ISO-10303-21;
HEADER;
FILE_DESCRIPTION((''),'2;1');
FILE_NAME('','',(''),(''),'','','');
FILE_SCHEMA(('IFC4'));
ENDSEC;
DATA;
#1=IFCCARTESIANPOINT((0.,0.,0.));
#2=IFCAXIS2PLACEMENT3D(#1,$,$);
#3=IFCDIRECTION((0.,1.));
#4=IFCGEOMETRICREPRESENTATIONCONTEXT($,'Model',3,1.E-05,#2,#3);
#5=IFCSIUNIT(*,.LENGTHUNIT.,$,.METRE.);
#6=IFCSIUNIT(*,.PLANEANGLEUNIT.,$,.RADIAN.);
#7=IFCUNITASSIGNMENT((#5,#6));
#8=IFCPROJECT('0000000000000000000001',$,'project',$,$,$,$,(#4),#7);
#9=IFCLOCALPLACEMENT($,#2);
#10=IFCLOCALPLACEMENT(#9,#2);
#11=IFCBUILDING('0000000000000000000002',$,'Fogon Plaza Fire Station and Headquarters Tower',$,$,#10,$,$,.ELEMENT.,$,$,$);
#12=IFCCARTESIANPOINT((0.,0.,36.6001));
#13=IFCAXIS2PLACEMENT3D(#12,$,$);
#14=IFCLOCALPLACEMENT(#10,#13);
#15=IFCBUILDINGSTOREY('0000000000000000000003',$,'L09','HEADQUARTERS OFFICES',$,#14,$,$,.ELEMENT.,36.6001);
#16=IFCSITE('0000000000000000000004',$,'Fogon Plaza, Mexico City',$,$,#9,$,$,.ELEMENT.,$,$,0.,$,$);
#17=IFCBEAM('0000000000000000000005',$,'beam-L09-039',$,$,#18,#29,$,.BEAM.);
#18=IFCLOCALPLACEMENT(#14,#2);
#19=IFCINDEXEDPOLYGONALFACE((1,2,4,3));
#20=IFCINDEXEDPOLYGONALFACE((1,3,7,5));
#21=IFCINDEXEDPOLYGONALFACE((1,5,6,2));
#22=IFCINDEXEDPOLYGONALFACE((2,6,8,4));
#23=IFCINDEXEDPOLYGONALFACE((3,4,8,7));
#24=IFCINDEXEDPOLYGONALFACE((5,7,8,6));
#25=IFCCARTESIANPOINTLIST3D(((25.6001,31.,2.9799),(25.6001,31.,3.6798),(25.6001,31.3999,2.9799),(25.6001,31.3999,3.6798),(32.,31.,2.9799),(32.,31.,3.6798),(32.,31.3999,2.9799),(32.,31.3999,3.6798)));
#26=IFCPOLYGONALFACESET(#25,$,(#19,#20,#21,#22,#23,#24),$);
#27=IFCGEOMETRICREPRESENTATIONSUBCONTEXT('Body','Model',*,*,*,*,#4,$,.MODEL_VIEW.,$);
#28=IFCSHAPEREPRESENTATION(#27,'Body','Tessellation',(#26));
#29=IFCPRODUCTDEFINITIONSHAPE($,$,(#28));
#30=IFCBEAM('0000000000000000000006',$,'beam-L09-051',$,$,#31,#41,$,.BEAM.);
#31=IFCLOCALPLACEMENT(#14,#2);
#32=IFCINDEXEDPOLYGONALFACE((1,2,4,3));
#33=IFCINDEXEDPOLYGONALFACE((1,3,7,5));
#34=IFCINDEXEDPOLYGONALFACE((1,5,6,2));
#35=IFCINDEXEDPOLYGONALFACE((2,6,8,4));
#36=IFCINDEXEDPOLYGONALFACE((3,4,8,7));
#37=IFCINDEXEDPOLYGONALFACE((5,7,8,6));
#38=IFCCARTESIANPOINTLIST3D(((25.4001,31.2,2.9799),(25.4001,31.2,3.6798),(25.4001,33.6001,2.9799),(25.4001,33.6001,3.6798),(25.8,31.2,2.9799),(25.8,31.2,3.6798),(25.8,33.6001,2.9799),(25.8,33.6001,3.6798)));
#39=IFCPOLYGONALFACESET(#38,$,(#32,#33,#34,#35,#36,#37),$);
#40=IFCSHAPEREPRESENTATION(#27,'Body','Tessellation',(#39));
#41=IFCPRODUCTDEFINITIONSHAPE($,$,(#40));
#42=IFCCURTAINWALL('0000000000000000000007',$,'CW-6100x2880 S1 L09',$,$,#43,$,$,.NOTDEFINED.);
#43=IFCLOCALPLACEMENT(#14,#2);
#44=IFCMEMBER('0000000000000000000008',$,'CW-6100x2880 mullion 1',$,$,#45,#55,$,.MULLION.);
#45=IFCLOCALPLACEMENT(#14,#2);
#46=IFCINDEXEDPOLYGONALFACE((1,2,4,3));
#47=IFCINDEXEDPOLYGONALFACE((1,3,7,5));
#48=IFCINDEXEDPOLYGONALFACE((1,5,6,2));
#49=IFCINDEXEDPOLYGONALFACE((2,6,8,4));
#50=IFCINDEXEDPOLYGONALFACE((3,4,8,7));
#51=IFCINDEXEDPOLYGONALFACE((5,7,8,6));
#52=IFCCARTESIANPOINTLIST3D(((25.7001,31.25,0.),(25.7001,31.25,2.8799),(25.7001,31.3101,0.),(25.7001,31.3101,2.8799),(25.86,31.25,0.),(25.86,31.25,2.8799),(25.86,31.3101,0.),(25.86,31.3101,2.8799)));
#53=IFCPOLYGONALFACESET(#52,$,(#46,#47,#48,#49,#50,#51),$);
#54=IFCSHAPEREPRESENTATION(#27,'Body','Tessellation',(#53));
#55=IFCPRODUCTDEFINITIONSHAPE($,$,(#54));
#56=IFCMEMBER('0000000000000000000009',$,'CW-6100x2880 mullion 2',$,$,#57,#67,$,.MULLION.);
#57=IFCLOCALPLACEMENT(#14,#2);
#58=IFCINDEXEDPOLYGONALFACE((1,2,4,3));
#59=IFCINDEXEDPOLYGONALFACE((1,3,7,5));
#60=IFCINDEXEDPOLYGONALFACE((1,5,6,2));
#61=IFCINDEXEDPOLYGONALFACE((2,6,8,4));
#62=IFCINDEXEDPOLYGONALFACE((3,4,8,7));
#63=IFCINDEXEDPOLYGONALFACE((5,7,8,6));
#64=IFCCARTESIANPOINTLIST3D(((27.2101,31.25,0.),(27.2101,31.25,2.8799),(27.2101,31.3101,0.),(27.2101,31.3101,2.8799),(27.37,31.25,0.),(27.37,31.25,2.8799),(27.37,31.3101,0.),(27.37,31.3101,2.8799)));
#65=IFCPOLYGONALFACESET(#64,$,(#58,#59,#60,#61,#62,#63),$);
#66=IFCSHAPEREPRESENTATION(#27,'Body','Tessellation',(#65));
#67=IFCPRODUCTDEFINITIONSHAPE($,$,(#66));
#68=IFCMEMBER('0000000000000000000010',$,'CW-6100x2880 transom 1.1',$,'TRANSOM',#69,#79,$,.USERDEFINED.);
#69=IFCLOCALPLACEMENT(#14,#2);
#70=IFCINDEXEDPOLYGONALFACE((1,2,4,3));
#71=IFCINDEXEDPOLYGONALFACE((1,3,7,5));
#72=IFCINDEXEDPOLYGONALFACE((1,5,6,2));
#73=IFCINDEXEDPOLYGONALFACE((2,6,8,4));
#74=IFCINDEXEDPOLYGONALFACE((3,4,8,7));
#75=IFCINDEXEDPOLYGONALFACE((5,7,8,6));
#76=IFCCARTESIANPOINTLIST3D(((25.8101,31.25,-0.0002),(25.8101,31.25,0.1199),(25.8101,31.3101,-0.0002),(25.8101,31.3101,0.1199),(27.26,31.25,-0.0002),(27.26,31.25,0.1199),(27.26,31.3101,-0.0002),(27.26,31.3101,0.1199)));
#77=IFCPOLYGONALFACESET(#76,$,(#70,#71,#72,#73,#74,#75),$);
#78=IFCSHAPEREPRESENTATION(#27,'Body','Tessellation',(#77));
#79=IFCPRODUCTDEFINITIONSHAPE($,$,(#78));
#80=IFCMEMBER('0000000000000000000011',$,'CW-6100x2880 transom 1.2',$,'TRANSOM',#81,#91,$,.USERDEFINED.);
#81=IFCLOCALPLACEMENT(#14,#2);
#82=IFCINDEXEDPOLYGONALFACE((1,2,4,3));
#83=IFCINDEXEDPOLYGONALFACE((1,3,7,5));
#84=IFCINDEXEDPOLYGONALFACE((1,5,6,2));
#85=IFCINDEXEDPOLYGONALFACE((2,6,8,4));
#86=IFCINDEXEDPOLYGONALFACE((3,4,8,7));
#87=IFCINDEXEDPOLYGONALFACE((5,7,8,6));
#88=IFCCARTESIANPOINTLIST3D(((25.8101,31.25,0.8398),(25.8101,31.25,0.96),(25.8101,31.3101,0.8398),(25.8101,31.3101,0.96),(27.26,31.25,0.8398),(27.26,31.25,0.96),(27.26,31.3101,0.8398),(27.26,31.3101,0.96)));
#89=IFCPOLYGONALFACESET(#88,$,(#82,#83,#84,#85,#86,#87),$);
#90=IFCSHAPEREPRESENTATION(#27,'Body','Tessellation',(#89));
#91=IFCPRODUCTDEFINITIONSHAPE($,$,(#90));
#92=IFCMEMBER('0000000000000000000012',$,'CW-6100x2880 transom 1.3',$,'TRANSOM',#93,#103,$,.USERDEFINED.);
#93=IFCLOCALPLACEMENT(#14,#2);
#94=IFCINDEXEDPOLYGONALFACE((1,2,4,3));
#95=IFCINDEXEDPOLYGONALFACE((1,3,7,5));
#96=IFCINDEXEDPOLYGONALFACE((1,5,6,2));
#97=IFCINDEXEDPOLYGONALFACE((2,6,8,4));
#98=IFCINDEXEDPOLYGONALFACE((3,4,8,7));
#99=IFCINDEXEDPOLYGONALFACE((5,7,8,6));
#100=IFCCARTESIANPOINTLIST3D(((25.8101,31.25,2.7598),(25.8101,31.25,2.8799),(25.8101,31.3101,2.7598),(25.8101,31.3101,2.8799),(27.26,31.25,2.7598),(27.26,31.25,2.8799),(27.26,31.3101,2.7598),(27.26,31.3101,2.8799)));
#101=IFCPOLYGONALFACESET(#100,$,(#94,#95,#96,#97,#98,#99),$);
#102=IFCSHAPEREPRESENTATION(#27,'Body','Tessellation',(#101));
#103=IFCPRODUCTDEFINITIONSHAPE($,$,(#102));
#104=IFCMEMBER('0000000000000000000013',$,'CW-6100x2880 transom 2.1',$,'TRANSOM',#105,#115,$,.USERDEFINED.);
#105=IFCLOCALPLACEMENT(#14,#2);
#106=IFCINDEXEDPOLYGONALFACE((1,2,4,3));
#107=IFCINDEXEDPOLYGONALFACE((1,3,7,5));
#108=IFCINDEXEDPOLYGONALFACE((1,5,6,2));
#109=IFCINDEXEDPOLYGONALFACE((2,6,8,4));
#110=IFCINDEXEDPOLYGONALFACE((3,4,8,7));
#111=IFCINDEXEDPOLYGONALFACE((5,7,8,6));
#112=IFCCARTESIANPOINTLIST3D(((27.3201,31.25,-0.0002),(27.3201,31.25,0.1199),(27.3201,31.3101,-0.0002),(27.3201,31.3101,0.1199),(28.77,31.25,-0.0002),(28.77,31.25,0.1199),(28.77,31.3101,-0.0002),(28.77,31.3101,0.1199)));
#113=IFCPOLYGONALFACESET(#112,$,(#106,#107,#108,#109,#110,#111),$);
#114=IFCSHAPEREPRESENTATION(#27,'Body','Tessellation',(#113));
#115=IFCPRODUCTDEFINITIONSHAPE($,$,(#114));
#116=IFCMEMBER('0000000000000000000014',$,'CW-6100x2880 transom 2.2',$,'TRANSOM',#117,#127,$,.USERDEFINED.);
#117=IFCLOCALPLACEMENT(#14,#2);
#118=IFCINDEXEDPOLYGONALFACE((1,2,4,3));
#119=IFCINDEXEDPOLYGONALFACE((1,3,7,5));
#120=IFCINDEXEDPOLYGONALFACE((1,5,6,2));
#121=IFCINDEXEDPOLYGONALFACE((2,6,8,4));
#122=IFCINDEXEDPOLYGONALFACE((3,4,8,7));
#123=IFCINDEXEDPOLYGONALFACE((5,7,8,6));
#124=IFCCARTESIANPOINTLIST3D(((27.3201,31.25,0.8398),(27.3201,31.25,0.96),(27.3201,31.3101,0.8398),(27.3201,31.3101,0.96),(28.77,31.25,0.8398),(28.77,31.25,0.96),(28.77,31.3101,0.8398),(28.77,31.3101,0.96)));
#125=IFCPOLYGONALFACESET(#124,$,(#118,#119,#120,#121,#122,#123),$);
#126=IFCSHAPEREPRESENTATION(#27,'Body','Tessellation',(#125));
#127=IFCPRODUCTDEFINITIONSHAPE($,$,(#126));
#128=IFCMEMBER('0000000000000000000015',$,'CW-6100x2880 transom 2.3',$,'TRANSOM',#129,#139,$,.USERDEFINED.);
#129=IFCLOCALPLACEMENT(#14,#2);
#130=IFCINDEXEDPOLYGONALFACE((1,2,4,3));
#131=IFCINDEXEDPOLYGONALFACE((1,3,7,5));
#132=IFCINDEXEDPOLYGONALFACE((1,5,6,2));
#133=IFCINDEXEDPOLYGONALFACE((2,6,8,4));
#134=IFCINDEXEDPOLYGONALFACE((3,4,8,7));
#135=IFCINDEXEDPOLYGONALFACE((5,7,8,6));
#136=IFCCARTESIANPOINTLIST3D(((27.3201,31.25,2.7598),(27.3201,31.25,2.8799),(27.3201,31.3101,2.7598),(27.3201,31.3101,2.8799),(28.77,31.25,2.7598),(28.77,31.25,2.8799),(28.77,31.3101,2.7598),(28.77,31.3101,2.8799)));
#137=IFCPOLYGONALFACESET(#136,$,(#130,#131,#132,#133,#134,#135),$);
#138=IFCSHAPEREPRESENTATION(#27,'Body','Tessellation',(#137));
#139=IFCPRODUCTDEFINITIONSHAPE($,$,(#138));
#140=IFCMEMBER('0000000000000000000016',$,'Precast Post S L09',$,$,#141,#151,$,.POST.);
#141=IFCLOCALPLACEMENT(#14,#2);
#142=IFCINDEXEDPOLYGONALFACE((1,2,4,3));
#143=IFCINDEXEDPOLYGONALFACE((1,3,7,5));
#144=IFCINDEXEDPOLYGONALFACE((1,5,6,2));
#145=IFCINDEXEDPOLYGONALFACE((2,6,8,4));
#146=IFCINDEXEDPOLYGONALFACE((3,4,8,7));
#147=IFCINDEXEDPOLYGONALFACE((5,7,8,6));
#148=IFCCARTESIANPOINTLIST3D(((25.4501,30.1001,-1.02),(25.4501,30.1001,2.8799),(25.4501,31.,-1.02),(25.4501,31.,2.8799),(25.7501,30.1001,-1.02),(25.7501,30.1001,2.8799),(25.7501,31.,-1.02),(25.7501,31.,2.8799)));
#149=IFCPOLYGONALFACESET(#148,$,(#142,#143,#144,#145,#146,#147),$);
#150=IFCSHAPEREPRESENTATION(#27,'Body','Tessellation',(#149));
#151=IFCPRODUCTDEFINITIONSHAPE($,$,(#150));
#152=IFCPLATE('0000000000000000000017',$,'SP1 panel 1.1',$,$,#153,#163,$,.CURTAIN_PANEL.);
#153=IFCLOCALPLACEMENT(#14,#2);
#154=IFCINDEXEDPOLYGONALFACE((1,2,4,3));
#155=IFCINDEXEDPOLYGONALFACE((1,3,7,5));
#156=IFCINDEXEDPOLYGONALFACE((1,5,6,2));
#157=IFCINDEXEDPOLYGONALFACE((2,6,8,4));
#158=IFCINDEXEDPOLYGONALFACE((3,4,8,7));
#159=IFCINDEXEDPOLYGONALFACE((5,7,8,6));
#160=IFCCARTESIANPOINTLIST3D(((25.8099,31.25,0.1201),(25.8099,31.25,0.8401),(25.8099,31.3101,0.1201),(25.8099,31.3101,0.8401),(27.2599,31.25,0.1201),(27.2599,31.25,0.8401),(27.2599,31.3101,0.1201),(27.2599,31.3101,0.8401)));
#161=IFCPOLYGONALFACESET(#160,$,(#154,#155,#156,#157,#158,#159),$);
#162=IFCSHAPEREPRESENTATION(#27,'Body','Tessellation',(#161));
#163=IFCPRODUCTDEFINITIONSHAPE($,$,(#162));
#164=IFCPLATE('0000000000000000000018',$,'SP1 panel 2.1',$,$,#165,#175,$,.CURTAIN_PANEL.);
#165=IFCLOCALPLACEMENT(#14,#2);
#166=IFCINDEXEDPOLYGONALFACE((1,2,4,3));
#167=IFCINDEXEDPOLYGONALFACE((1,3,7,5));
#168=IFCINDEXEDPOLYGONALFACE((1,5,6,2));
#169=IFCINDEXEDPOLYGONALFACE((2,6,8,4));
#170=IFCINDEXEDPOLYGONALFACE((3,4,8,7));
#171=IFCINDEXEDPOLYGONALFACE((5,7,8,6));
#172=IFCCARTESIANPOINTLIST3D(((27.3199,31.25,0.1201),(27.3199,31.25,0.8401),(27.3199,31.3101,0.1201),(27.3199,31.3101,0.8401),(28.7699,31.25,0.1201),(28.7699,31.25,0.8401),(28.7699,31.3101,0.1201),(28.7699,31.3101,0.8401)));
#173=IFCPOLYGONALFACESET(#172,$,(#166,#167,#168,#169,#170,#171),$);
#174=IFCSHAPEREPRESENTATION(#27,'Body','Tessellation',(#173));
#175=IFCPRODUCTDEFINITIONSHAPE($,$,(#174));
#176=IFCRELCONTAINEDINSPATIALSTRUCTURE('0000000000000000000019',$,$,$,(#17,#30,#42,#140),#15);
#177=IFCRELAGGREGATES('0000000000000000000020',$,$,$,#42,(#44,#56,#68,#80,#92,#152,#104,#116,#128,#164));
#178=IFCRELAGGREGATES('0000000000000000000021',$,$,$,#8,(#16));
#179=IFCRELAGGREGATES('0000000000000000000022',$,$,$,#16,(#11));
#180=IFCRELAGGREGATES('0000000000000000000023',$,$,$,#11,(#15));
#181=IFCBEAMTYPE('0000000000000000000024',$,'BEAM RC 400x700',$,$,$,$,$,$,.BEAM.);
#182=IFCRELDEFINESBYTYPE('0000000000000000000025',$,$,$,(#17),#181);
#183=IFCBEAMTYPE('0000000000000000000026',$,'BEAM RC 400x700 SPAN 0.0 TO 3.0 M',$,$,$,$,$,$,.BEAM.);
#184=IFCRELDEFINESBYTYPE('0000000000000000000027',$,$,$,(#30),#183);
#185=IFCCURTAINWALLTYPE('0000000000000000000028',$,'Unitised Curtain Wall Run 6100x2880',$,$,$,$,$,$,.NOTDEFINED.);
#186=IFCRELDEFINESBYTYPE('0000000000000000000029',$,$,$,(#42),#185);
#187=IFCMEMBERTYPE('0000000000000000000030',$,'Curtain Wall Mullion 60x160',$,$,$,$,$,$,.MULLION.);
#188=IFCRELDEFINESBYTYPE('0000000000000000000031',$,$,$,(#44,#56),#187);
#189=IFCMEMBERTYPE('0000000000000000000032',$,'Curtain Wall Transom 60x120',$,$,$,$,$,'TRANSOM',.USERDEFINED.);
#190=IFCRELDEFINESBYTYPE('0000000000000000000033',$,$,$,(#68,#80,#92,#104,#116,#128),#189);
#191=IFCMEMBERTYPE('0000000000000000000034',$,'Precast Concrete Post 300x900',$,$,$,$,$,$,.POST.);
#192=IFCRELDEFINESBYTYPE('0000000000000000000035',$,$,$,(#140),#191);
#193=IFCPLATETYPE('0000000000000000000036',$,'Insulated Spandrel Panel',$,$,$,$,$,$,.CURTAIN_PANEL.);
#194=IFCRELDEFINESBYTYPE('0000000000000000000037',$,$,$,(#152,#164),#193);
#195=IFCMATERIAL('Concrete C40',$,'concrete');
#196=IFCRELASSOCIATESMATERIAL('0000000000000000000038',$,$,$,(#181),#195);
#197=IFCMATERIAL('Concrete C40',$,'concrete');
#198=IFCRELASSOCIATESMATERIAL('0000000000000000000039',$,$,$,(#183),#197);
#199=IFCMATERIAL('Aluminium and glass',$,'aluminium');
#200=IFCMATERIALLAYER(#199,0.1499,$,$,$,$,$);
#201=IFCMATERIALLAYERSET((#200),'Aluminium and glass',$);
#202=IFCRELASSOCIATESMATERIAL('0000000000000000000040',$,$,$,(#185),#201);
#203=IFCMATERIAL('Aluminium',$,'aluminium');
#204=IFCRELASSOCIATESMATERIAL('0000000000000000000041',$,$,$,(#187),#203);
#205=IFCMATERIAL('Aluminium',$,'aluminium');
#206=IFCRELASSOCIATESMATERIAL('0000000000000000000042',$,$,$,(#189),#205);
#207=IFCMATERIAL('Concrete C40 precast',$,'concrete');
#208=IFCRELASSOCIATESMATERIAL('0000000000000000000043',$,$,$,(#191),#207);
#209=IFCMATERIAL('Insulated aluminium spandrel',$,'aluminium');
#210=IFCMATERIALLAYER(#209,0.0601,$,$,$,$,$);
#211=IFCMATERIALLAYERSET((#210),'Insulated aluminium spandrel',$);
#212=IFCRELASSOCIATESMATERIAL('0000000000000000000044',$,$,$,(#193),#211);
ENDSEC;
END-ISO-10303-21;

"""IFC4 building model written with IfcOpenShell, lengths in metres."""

from ifc_helpers import new_model, si_unit, direction, frame, origin, origin_2d, place, context, subcontext, project, spatial, rectangle, extrude, material, layer, layer_set, material_profile, profile_set, type_object, element, aggregate, save


model = new_model("IFC4")

# Units and contexts
model_context = context("Model", 3, precision=1e-05, world=origin(), true_north=direction((0.0, 1.0)))
body_context = subcontext(model_context, "Body", "Model", "MODEL_VIEW")
ifc_project = project(units=[si_unit("LENGTHUNIT", "METRE"), si_unit("PLANEANGLEUNIT", "RADIAN")], contexts=[model_context])

# Site, building, storey
site_placement = place(None, origin())
site = spatial("IfcSite", under=ifc_project, at=site_placement, Name="Fogon Plaza, Mexico City", CompositionType="ELEMENT", RefElevation=0.0)
building_placement = place(site_placement, origin())
building = spatial("IfcBuilding", under=site, at=building_placement, Name="Fogon Plaza Fire Station and Headquarters Tower", CompositionType="ELEMENT")
storey_placement = place(building_placement, frame((0.0, 0.0, 36.6001)))
storey = spatial("IfcBuildingStorey", under=building, at=storey_placement, Name="L09", Description="HEADQUARTERS OFFICES", CompositionType="ELEMENT", Elevation=36.6001)

# Beams
ifc_material_1 = material(Name="Concrete C40", Category="concrete")
ifc_material_profile_1 = material_profile(ifc_material_1, rectangle(XDim=0.3999, YDim=0.7, at=origin_2d()), Name="RC 400x700")
ifc_profile_set_1 = profile_set([ifc_material_profile_1], Name="Concrete C40")
beam_type_1 = type_object("IfcBeamType", Name="BEAM RC 400x700", PredefinedType="BEAM", material=ifc_profile_set_1)
beam_1_placement = place(storey_placement, frame((25.6001, 31.2, 3.3298), z_axis=(1.0, 0.0, 0.0), x_axis=(0.0, 1.0, 0.0)))
element("IfcBeam", 1, at=beam_1_placement, inside=storey, type_object=beam_type_1, Name="beam-L09-039", PredefinedType="BEAM", context=body_context, shape_type="SweptSolid", body=[
    extrude(rectangle(XDim=0.3999, YDim=0.7, at=origin_2d()), origin(), (0.0, 0.0, 1.0), 6.3999),
])
ifc_material_2 = material(Name="Concrete C40", Category="concrete")
ifc_material_profile_2 = material_profile(ifc_material_2, rectangle(XDim=0.3999, YDim=0.7, at=origin_2d()), Name="RC 400x700")
ifc_profile_set_2 = profile_set([ifc_material_profile_2], Name="Concrete C40")
beam_type_2 = type_object("IfcBeamType", Name="BEAM RC 400x700 SPAN 0.0 TO 3.0 M", PredefinedType="BEAM", material=ifc_profile_set_2)
beam_2_placement = place(storey_placement, frame((25.6001, 31.2, 3.3298), z_axis=(0.0, 1.0, 0.0), x_axis=(-1.0, 0.0, 0.0)))
element("IfcBeam", 2, at=beam_2_placement, inside=storey, type_object=beam_type_2, Name="beam-L09-051", PredefinedType="BEAM", context=body_context, shape_type="SweptSolid", body=[
    extrude(rectangle(XDim=0.3999, YDim=0.7, at=origin_2d()), origin(), (0.0, 0.0, 1.0), 2.4001),
])

# Curtain wall, members
ifc_material_3 = material(Name="Aluminium and glass", Category="aluminium")
ifc_layer_1 = layer(ifc_material_3, 0.1499)
ifc_layer_set_1 = layer_set([ifc_layer_1], Name="Aluminium and glass")
curtain_wall_type = type_object("IfcCurtainWallType", Name="Unitised Curtain Wall Run 6100x2880", PredefinedType="NOTDEFINED", material=ifc_layer_set_1)
curtain_wall_placement = place(storey_placement, origin())
curtain_wall = element("IfcCurtainWall", 3, at=curtain_wall_placement, inside=storey, type_object=curtain_wall_type, Name="CW-6100x2880 S1 L09", PredefinedType="NOTDEFINED")
ifc_material_4 = material(Name="Aluminium", Category="aluminium")
ifc_material_profile_3 = material_profile(ifc_material_4, rectangle(XDim=0.0601, YDim=0.1599, at=origin_2d()), Name="Curtain Wall Mullion 60x160")
ifc_profile_set_3 = profile_set([ifc_material_profile_3], Name="Aluminium")
member_type_1 = type_object("IfcMemberType", Name="Curtain Wall Mullion 60x160", PredefinedType="MULLION", material=ifc_profile_set_3)
member_1_placement = place(storey_placement, frame((25.78, 31.28, 0.0), z_axis=(0.0, 0.0, 1.0), x_axis=(0.0, 1.0, 0.0)))
member_1 = element("IfcMember", 4, at=member_1_placement, type_object=member_type_1, Name="CW-6100x2880 mullion 1", PredefinedType="MULLION", context=body_context, shape_type="SweptSolid", body=[
    extrude(rectangle(XDim=0.0601, YDim=0.1599, at=origin_2d()), origin(), (0.0, 0.0, 1.0), 2.8799),
])
member_2_placement = place(storey_placement, frame((27.29, 31.28, 0.0), z_axis=(0.0, 0.0, 1.0), x_axis=(0.0, 1.0, 0.0)))
member_2 = element("IfcMember", 5, at=member_2_placement, type_object=member_type_1, Name="CW-6100x2880 mullion 2", PredefinedType="MULLION", context=body_context, shape_type="SweptSolid", body=[
    extrude(rectangle(XDim=0.0601, YDim=0.1599, at=origin_2d()), origin(), (0.0, 0.0, 1.0), 2.8799),
])
ifc_material_5 = material(Name="Aluminium", Category="aluminium")
ifc_material_profile_4 = material_profile(ifc_material_5, rectangle(XDim=0.0601, YDim=0.1201, at=origin_2d()), Name="Curtain Wall Transom 60x120")
ifc_profile_set_4 = profile_set([ifc_material_profile_4], Name="Aluminium")
member_type_2 = type_object("IfcMemberType", Name="Curtain Wall Transom 60x120", ElementType="TRANSOM", PredefinedType="USERDEFINED", material=ifc_profile_set_4)
member_3_placement = place(storey_placement, frame((25.8101, 31.28, 0.0598), z_axis=(1.0, 0.0, 0.0), x_axis=(0.0, 1.0, 0.0)))
member_3 = element("IfcMember", 6, at=member_3_placement, type_object=member_type_2, Name="CW-6100x2880 transom 1.1", ObjectType="TRANSOM", PredefinedType="USERDEFINED", context=body_context, shape_type="SweptSolid", body=[
    extrude(rectangle(XDim=0.0601, YDim=0.1201, at=origin_2d()), origin(), (0.0, 0.0, 1.0), 1.45),
])
member_4_placement = place(storey_placement, frame((25.8101, 31.28, 0.8999), z_axis=(1.0, 0.0, 0.0), x_axis=(0.0, 1.0, 0.0)))
member_4 = element("IfcMember", 7, at=member_4_placement, type_object=member_type_2, Name="CW-6100x2880 transom 1.2", ObjectType="TRANSOM", PredefinedType="USERDEFINED", context=body_context, shape_type="SweptSolid", body=[
    extrude(rectangle(XDim=0.0601, YDim=0.1201, at=origin_2d()), origin(), (0.0, 0.0, 1.0), 1.45),
])
member_5_placement = place(storey_placement, frame((25.8101, 31.28, 2.8198), z_axis=(1.0, 0.0, 0.0), x_axis=(0.0, 1.0, 0.0)))
member_5 = element("IfcMember", 8, at=member_5_placement, type_object=member_type_2, Name="CW-6100x2880 transom 1.3", ObjectType="TRANSOM", PredefinedType="USERDEFINED", context=body_context, shape_type="SweptSolid", body=[
    extrude(rectangle(XDim=0.0601, YDim=0.1201, at=origin_2d()), origin(), (0.0, 0.0, 1.0), 1.45),
])
member_6_placement = place(storey_placement, frame((27.3201, 31.28, 0.0598), z_axis=(1.0, 0.0, 0.0), x_axis=(0.0, 1.0, 0.0)))
member_6 = element("IfcMember", 9, at=member_6_placement, type_object=member_type_2, Name="CW-6100x2880 transom 2.1", ObjectType="TRANSOM", PredefinedType="USERDEFINED", context=body_context, shape_type="SweptSolid", body=[
    extrude(rectangle(XDim=0.0601, YDim=0.1201, at=origin_2d()), origin(), (0.0, 0.0, 1.0), 1.45),
])
member_7_placement = place(storey_placement, frame((27.3201, 31.28, 0.8999), z_axis=(1.0, 0.0, 0.0), x_axis=(0.0, 1.0, 0.0)))
member_7 = element("IfcMember", 10, at=member_7_placement, type_object=member_type_2, Name="CW-6100x2880 transom 2.2", ObjectType="TRANSOM", PredefinedType="USERDEFINED", context=body_context, shape_type="SweptSolid", body=[
    extrude(rectangle(XDim=0.0601, YDim=0.1201, at=origin_2d()), origin(), (0.0, 0.0, 1.0), 1.45),
])
member_8_placement = place(storey_placement, frame((27.3201, 31.28, 2.8198), z_axis=(1.0, 0.0, 0.0), x_axis=(0.0, 1.0, 0.0)))
member_8 = element("IfcMember", 11, at=member_8_placement, type_object=member_type_2, Name="CW-6100x2880 transom 2.3", ObjectType="TRANSOM", PredefinedType="USERDEFINED", context=body_context, shape_type="SweptSolid", body=[
    extrude(rectangle(XDim=0.0601, YDim=0.1201, at=origin_2d()), origin(), (0.0, 0.0, 1.0), 1.45),
])

# Member
ifc_material_6 = material(Name="Concrete C40 precast", Category="concrete")
ifc_material_profile_5 = material_profile(ifc_material_6, rectangle(XDim=0.3, YDim=0.8999, at=origin_2d()), Name="Precast Concrete Post 300x900")
ifc_profile_set_5 = profile_set([ifc_material_profile_5], Name="Concrete C40 precast")
member_type_3 = type_object("IfcMemberType", Name="Precast Concrete Post 300x900", PredefinedType="POST", material=ifc_profile_set_5)
member_9_placement = place(storey_placement, frame((25.6001, 30.55, -1.02), z_axis=(0.0, 0.0, 1.0), x_axis=(1.0, 0.0, 0.0)))
element("IfcMember", 12, at=member_9_placement, inside=storey, type_object=member_type_3, Name="Precast Post S L09", PredefinedType="POST", context=body_context, shape_type="SweptSolid", body=[
    extrude(rectangle(XDim=0.3, YDim=0.8999, at=origin_2d()), origin(), (0.0, 0.0, 1.0), 3.8999),
])

# Plates
ifc_material_7 = material(Name="Insulated aluminium spandrel", Category="aluminium")
ifc_layer_2 = layer(ifc_material_7, 0.0601)
ifc_layer_set_2 = layer_set([ifc_layer_2], Name="Insulated aluminium spandrel")
plate_type_1 = type_object("IfcPlateType", Name="Insulated Spandrel Panel", PredefinedType="CURTAIN_PANEL", material=ifc_layer_set_2)
plate_1_placement = place(storey_placement, frame((26.5349, 31.28, 0.1201), z_axis=(0.0, 0.0, 1.0), x_axis=(1.0, 0.0, 0.0)))
plate_1 = element("IfcPlate", 13, at=plate_1_placement, type_object=plate_type_1, Name="SP1 panel 1.1", PredefinedType="CURTAIN_PANEL", context=body_context, shape_type="SweptSolid", body=[
    extrude(rectangle(XDim=1.45, YDim=0.0601, at=origin_2d()), origin(), (0.0, 0.0, 1.0), 0.72),
])
plate_2_placement = place(storey_placement, frame((28.0449, 31.28, 0.1201), z_axis=(0.0, 0.0, 1.0), x_axis=(1.0, 0.0, 0.0)))
plate_2 = element("IfcPlate", 14, at=plate_2_placement, type_object=plate_type_1, Name="SP1 panel 2.1", PredefinedType="CURTAIN_PANEL", context=body_context, shape_type="SweptSolid", body=[
    extrude(rectangle(XDim=1.45, YDim=0.0601, at=origin_2d()), origin(), (0.0, 0.0, 1.0), 0.72),
])
aggregate(curtain_wall, [member_1, member_2, member_3, member_4, member_5, plate_1, member_6, member_7, member_8, plate_2])

save(model, "model.ifc")
